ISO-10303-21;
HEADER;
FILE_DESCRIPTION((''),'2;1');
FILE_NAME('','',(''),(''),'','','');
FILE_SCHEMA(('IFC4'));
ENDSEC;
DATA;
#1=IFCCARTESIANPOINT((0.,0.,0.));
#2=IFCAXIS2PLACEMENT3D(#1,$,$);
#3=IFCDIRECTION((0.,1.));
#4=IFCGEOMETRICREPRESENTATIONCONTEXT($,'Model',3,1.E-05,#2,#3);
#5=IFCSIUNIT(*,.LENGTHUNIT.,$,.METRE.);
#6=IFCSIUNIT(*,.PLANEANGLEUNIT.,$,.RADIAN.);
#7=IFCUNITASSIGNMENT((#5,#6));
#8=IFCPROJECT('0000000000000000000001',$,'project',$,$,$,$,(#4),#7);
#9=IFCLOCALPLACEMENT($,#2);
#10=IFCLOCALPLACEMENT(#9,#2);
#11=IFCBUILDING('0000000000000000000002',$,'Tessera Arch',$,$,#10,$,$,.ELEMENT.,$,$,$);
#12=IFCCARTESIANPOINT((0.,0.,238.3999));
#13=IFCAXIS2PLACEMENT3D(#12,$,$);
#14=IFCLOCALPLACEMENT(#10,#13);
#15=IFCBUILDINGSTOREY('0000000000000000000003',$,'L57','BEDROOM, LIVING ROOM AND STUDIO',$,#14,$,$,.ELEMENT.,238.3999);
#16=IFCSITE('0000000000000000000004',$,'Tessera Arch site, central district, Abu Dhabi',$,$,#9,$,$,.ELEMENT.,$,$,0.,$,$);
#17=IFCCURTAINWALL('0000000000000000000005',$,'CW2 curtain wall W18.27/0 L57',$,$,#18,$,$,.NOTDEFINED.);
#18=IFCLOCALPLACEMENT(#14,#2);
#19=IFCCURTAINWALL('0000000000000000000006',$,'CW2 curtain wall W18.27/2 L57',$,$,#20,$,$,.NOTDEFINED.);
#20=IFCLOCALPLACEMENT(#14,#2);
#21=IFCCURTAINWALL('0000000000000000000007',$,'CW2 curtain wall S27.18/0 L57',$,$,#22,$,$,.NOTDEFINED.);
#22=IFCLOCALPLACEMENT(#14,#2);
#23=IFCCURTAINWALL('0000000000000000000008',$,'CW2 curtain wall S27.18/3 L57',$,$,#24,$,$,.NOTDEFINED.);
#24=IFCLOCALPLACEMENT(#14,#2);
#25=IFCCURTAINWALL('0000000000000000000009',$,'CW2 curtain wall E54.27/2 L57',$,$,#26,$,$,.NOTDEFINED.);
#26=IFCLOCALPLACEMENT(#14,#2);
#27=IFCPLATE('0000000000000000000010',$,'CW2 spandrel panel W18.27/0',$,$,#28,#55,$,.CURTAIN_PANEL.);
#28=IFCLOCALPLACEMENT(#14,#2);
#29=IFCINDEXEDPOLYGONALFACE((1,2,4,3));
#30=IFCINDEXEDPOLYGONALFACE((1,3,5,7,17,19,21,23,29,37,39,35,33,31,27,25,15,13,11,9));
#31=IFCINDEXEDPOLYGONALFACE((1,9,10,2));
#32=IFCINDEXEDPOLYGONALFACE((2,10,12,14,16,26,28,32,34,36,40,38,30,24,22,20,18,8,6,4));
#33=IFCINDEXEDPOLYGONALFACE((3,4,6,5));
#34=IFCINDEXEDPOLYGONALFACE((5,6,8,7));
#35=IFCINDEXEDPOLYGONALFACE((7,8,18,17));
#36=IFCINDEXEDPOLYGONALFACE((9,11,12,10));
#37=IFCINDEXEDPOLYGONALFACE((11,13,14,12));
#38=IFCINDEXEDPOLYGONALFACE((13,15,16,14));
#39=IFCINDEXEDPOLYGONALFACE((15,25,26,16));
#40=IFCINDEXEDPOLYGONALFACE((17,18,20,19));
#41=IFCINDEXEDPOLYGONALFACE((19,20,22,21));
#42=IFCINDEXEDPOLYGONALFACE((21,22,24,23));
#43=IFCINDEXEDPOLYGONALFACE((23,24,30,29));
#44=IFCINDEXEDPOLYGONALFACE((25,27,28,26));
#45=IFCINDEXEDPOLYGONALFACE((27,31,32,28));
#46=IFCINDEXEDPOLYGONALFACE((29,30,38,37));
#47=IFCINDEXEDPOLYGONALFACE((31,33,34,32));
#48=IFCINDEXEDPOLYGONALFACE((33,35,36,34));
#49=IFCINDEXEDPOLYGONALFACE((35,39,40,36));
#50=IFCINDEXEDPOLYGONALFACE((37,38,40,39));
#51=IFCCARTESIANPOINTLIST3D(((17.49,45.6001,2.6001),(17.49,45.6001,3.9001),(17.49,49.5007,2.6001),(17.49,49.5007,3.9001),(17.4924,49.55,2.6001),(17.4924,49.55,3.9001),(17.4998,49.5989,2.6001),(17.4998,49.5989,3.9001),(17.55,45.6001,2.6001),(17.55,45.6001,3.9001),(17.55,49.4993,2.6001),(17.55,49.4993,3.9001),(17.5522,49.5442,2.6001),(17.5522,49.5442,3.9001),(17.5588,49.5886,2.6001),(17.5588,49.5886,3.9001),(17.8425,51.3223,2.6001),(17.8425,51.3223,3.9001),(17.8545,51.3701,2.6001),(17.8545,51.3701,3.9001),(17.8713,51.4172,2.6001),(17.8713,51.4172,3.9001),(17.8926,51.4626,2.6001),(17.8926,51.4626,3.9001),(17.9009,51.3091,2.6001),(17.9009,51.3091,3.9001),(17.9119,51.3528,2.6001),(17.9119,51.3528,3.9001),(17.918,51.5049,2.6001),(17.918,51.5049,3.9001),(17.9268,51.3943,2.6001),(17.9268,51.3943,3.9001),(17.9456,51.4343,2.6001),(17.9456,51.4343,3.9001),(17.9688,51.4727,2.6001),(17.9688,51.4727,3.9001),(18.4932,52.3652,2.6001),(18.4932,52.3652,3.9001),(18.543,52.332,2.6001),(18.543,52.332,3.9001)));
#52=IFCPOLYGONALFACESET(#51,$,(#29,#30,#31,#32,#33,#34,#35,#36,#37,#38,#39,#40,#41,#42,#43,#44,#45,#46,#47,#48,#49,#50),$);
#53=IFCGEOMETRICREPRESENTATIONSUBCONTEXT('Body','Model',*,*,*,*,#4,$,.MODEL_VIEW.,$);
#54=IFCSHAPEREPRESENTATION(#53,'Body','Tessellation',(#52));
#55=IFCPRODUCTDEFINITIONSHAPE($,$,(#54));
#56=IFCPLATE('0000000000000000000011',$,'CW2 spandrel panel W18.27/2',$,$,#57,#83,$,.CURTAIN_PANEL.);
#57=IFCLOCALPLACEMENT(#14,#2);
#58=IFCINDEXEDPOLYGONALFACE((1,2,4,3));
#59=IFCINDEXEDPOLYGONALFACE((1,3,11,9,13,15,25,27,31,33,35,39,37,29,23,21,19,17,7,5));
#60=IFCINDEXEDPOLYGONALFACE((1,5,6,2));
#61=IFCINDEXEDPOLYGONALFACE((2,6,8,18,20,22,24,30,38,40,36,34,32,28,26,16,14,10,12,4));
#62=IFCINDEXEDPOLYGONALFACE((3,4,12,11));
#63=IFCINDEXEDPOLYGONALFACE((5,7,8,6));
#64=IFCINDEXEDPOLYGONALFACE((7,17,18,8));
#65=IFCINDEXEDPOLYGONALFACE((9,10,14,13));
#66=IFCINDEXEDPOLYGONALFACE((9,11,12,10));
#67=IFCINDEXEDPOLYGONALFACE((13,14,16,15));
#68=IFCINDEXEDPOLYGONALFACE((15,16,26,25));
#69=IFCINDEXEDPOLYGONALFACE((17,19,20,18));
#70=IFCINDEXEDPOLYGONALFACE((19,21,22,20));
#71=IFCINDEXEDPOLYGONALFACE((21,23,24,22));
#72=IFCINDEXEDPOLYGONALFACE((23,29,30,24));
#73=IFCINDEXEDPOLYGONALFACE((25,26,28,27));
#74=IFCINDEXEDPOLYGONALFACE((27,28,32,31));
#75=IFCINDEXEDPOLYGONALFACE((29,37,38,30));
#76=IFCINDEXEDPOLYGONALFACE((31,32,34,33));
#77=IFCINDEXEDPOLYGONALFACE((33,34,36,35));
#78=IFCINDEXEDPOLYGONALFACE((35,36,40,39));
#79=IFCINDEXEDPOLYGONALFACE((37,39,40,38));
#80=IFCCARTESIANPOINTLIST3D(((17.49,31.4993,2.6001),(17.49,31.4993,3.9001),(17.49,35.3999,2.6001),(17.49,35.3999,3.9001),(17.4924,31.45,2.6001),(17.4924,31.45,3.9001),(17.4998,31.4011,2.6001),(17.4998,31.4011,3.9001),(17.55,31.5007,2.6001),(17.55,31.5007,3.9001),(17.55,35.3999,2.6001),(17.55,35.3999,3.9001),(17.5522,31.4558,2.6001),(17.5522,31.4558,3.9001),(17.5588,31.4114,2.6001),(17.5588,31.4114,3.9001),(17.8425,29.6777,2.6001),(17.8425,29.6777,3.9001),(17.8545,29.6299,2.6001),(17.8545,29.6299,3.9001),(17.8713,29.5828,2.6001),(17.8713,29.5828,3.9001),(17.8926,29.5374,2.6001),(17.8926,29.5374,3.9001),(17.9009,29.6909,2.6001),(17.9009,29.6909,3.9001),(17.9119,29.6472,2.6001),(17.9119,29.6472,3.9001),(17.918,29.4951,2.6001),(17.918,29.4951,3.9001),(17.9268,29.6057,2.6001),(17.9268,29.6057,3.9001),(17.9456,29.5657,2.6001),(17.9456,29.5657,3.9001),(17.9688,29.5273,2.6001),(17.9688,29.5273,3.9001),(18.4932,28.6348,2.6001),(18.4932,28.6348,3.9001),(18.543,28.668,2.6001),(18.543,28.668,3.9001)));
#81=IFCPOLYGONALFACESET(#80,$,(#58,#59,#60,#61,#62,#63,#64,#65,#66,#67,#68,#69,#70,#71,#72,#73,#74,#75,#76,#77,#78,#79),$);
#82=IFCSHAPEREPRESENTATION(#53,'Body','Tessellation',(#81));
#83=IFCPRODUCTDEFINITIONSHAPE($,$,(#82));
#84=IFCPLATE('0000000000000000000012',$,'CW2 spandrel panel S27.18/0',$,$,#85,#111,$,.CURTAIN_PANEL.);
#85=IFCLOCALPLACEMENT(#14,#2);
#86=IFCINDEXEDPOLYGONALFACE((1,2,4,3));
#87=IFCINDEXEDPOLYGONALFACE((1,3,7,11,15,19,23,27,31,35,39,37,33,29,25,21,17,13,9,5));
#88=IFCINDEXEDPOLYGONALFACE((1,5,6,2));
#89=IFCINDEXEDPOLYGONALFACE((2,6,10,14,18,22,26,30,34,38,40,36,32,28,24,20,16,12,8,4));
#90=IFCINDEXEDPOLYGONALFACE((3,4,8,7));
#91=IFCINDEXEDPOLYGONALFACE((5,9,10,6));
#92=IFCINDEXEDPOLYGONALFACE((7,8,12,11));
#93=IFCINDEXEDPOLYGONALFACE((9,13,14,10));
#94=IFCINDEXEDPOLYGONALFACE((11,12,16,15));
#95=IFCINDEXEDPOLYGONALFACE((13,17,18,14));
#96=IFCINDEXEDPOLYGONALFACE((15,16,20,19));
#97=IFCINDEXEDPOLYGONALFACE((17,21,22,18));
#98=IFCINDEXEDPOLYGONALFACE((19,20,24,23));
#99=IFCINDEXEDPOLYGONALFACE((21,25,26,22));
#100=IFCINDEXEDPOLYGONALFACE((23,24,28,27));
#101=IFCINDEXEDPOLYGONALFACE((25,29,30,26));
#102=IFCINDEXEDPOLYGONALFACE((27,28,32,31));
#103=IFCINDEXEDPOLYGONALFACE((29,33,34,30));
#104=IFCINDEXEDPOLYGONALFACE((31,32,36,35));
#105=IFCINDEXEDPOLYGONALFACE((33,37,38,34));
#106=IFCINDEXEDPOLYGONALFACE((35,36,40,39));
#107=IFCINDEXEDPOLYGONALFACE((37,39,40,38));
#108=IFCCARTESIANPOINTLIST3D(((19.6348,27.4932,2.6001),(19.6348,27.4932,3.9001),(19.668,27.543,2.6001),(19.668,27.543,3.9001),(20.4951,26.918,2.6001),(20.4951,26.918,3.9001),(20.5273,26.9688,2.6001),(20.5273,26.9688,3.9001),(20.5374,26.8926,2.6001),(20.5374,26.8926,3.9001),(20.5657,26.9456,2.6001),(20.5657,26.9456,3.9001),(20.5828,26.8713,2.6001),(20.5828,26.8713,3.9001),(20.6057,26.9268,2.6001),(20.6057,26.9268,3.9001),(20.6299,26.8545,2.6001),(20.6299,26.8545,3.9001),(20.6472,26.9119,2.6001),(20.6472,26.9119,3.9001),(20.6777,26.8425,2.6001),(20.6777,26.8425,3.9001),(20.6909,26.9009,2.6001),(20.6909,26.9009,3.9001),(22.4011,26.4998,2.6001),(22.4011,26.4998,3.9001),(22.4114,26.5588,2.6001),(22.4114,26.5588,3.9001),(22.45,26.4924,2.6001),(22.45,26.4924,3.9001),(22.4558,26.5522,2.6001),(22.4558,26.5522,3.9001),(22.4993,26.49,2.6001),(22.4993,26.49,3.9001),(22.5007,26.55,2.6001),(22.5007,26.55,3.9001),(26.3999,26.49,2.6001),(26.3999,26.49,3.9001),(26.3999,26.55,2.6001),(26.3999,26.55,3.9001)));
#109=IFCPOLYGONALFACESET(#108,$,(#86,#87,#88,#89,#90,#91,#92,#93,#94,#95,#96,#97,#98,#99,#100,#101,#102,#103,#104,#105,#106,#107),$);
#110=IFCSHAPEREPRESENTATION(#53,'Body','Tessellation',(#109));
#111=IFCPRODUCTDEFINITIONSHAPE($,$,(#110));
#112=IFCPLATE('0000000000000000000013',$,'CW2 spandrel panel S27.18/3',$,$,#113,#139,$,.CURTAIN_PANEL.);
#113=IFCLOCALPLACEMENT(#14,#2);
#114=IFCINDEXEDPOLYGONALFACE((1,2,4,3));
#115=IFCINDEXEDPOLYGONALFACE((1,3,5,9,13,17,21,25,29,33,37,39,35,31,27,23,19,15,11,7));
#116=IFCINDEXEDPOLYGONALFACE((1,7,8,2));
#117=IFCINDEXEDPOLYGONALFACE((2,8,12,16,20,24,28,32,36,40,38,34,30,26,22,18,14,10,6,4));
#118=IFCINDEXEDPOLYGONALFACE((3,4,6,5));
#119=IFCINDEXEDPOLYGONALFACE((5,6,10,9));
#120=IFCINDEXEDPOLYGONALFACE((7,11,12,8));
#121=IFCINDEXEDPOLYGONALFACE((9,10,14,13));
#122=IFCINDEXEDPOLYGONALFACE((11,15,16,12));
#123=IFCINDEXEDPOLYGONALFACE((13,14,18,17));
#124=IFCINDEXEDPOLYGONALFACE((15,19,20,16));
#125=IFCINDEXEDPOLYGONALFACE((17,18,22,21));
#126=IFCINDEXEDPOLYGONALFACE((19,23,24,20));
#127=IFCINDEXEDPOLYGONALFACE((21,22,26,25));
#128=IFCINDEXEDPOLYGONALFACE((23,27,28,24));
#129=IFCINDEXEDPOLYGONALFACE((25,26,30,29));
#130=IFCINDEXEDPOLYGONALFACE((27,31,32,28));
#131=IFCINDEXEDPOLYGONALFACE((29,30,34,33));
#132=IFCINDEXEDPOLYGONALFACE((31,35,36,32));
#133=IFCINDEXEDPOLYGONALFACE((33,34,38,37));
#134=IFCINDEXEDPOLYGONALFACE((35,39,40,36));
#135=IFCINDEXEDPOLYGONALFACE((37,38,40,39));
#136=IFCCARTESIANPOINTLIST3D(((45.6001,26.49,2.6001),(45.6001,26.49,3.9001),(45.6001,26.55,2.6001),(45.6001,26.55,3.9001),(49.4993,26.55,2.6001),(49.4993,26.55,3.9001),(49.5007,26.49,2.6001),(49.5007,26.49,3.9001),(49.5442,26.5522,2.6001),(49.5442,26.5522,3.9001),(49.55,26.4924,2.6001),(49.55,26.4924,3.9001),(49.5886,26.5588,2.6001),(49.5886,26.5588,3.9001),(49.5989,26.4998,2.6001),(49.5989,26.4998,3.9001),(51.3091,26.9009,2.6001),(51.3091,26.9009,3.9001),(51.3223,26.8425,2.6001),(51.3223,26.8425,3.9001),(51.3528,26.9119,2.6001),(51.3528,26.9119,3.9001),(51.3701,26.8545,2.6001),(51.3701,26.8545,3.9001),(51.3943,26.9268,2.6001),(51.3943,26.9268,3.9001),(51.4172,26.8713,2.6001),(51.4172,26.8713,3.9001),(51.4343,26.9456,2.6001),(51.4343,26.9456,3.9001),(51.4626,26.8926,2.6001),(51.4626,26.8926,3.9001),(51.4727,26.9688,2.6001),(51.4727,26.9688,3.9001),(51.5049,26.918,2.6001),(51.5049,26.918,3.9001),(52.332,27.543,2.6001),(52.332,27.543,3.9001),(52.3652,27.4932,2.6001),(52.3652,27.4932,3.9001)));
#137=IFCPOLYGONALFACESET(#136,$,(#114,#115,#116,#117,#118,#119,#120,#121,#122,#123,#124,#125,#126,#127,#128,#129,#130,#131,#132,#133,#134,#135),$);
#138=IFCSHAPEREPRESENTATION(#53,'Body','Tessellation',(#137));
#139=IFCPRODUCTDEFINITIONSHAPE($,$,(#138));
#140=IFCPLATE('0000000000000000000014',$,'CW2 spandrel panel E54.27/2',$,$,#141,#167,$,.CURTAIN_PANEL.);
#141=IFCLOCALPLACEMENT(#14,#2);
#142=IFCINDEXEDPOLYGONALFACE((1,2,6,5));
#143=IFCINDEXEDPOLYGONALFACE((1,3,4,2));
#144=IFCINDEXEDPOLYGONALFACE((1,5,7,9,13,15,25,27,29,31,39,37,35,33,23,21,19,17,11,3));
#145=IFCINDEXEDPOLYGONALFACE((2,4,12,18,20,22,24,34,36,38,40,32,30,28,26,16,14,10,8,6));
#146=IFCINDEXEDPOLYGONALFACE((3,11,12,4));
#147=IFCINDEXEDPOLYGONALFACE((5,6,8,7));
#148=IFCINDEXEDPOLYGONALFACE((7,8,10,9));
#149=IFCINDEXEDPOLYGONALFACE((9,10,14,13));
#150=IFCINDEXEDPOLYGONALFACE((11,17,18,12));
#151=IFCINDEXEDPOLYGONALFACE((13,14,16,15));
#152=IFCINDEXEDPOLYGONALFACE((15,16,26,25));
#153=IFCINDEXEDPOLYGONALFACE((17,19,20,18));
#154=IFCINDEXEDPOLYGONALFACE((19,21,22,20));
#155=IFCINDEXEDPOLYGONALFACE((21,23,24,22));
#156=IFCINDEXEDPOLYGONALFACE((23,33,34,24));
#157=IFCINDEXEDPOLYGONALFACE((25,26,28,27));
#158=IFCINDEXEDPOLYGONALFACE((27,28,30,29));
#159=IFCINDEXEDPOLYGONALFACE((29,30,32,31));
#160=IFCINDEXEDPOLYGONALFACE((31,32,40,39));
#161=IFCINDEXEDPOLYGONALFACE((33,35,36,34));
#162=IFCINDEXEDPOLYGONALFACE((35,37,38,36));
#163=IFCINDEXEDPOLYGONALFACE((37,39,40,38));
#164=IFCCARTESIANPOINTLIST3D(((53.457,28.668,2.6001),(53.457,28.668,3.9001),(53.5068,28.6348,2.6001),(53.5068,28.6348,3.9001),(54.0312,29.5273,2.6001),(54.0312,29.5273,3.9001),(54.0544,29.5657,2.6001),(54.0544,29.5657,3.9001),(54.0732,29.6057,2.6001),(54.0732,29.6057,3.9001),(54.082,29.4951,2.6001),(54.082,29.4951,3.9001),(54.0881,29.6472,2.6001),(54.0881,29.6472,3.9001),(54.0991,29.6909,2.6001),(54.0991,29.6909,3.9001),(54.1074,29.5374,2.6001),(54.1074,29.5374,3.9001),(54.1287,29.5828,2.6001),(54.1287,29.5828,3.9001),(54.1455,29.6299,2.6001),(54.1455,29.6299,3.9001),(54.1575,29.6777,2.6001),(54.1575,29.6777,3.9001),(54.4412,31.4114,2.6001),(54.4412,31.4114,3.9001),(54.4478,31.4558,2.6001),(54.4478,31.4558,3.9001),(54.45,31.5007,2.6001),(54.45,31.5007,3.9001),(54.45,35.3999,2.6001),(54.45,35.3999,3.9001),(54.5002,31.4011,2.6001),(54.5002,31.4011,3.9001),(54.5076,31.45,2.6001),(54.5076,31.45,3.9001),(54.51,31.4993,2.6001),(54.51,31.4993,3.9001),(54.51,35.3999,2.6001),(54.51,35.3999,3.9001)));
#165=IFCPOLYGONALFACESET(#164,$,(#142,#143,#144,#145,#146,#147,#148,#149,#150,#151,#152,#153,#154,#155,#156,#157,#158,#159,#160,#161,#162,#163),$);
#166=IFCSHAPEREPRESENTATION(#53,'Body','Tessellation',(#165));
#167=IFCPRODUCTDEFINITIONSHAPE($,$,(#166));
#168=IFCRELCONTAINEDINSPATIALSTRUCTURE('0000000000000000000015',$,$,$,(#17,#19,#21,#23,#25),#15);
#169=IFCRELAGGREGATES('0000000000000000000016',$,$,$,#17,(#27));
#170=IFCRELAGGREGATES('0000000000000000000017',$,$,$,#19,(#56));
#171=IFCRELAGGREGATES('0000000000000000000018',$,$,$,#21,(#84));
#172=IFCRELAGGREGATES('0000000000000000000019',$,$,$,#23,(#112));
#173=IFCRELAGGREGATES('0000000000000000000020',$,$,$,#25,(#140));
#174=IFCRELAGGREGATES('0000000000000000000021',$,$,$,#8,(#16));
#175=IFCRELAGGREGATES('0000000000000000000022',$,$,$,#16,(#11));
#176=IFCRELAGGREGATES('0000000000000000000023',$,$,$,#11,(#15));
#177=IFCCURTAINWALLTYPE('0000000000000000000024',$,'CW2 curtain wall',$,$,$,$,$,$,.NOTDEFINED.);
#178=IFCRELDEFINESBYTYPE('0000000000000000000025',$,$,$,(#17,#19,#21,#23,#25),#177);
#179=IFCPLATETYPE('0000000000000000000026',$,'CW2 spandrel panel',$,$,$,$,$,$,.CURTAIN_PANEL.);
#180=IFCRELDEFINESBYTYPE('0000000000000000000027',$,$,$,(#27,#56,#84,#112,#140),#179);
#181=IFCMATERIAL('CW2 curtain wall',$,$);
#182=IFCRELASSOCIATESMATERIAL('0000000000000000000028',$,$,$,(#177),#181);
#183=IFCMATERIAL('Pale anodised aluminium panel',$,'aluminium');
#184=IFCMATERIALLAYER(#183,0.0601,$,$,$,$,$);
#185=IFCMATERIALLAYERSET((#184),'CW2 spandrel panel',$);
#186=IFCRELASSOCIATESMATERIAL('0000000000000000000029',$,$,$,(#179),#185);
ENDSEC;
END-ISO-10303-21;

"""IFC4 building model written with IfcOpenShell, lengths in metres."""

from ifc_helpers import new_model, si_unit, direction, frame, origin, place, context, subcontext, project, spatial, polyline, outline, extrude, material, layer, layer_set, type_object, element, aggregate, save


model = new_model("IFC4")

# Units and contexts
model_context = context("Model", 3, precision=1e-05, world=origin(), true_north=direction((0.0, 1.0)))
body_context = subcontext(model_context, "Body", "Model", "MODEL_VIEW")
ifc_project = project(units=[si_unit("LENGTHUNIT", "METRE"), si_unit("PLANEANGLEUNIT", "RADIAN")], contexts=[model_context])

# Site, building, storey
site_placement = place(None, origin())
site = spatial("IfcSite", under=ifc_project, at=site_placement, Name="Tessera Arch site, central district, Abu Dhabi", CompositionType="ELEMENT", RefElevation=0.0)
building_placement = place(site_placement, origin())
building = spatial("IfcBuilding", under=site, at=building_placement, Name="Tessera Arch", CompositionType="ELEMENT")
storey_placement = place(building_placement, frame((0.0, 0.0, 238.3999)))
storey = spatial("IfcBuildingStorey", under=building, at=storey_placement, Name="L57", Description="BEDROOM, LIVING ROOM AND STUDIO", CompositionType="ELEMENT", Elevation=238.3999)

# Curtain walls
ifc_material_1 = material(Name="CW2 curtain wall")
curtain_wall_type = type_object("IfcCurtainWallType", Name="CW2 curtain wall", PredefinedType="NOTDEFINED", material=ifc_material_1)
curtain_wall_1_placement = place(storey_placement, origin())
curtain_wall_1 = element("IfcCurtainWall", 1, at=curtain_wall_1_placement, inside=storey, type_object=curtain_wall_type, Name="CW2 curtain wall W18.27/0 L57", PredefinedType="NOTDEFINED")
curtain_wall_2_placement = place(storey_placement, origin())
curtain_wall_2 = element("IfcCurtainWall", 2, at=curtain_wall_2_placement, inside=storey, type_object=curtain_wall_type, Name="CW2 curtain wall W18.27/2 L57", PredefinedType="NOTDEFINED")
curtain_wall_3_placement = place(storey_placement, origin())
curtain_wall_3 = element("IfcCurtainWall", 3, at=curtain_wall_3_placement, inside=storey, type_object=curtain_wall_type, Name="CW2 curtain wall S27.18/0 L57", PredefinedType="NOTDEFINED")
curtain_wall_4_placement = place(storey_placement, origin())
curtain_wall_4 = element("IfcCurtainWall", 4, at=curtain_wall_4_placement, inside=storey, type_object=curtain_wall_type, Name="CW2 curtain wall S27.18/3 L57", PredefinedType="NOTDEFINED")
curtain_wall_5_placement = place(storey_placement, origin())
curtain_wall_5 = element("IfcCurtainWall", 5, at=curtain_wall_5_placement, inside=storey, type_object=curtain_wall_type, Name="CW2 curtain wall E54.27/2 L57", PredefinedType="NOTDEFINED")

# Plates
ifc_material_2 = material(Name="Pale anodised aluminium panel", Category="aluminium")
ifc_layer_1 = layer(ifc_material_2, 0.0601)
ifc_layer_set_1 = layer_set([ifc_layer_1], Name="CW2 spandrel panel")
plate_type_1 = type_object("IfcPlateType", Name="CW2 spandrel panel", PredefinedType="CURTAIN_PANEL", material=ifc_layer_set_1)
plate_1_placement = place(storey_placement, frame((0.0, 0.0, 2.6001)))
plate_1 = element("IfcPlate", 6, at=plate_1_placement, type_object=plate_type_1, Name="CW2 spandrel panel W18.27/0", PredefinedType="CURTAIN_PANEL", context=body_context, shape_type="SweptSolid", body=[
    extrude(outline(polyline([(17.9688, 51.4727), (18.543, 52.332), (18.4932, 52.3652), (17.918, 51.5049), (17.8926, 51.4626), (17.8713, 51.4172), (17.8545, 51.3701), (17.8425, 51.3223), (17.4998, 49.5989), (17.4924, 49.55), (17.49, 49.5007), (17.49, 45.6001), (17.55, 45.6001), (17.55, 49.4993), (17.5522, 49.5442), (17.5588, 49.5886), (17.9009, 51.3091), (17.9119, 51.3528), (17.9268, 51.3943), (17.9456, 51.4343), (17.9688, 51.4727)])), origin(), (0.0, 0.0, 1.0), 1.3),
])
aggregate(curtain_wall_1, [plate_1])
plate_2_placement = place(storey_placement, frame((0.0, 0.0, 2.6001)))
plate_2 = element("IfcPlate", 7, at=plate_2_placement, type_object=plate_type_1, Name="CW2 spandrel panel W18.27/2", PredefinedType="CURTAIN_PANEL", context=body_context, shape_type="SweptSolid", body=[
    extrude(outline(polyline([(17.55, 31.5007), (17.55, 35.3999), (17.49, 35.3999), (17.49, 31.4993), (17.4924, 31.45), (17.4998, 31.4011), (17.8425, 29.6777), (17.8545, 29.6299), (17.8713, 29.5828), (17.8926, 29.5374), (17.918, 29.4951), (18.4932, 28.6348), (18.543, 28.668), (17.9688, 29.5273), (17.9456, 29.5657), (17.9268, 29.6057), (17.9119, 29.6472), (17.9009, 29.6909), (17.5588, 31.4114), (17.5522, 31.4558), (17.55, 31.5007)])), origin(), (0.0, 0.0, 1.0), 1.3),
])
aggregate(curtain_wall_2, [plate_2])
plate_3_placement = place(storey_placement, frame((0.0, 0.0, 2.6001)))
plate_3 = element("IfcPlate", 8, at=plate_3_placement, type_object=plate_type_1, Name="CW2 spandrel panel S27.18/0", PredefinedType="CURTAIN_PANEL", context=body_context, shape_type="SweptSolid", body=[
    extrude(outline(polyline([(20.5273, 26.9688), (19.668, 27.543), (19.6348, 27.4932), (20.4951, 26.918), (20.5374, 26.8926), (20.5828, 26.8713), (20.6299, 26.8545), (20.6777, 26.8425), (22.4011, 26.4998), (22.45, 26.4924), (22.4993, 26.49), (26.3999, 26.49), (26.3999, 26.55), (22.5007, 26.55), (22.4558, 26.5522), (22.4114, 26.5588), (20.6909, 26.9009), (20.6472, 26.9119), (20.6057, 26.9268), (20.5657, 26.9456), (20.5273, 26.9688)])), origin(), (0.0, 0.0, 1.0), 1.3),
])
aggregate(curtain_wall_3, [plate_3])
plate_4_placement = place(storey_placement, frame((0.0, 0.0, 2.6001)))
plate_4 = element("IfcPlate", 9, at=plate_4_placement, type_object=plate_type_1, Name="CW2 spandrel panel S27.18/3", PredefinedType="CURTAIN_PANEL", context=body_context, shape_type="SweptSolid", body=[
    extrude(outline(polyline([(49.4993, 26.55), (45.6001, 26.55), (45.6001, 26.49), (49.5007, 26.49), (49.55, 26.4924), (49.5989, 26.4998), (51.3223, 26.8425), (51.3701, 26.8545), (51.4172, 26.8713), (51.4626, 26.8926), (51.5049, 26.918), (52.3652, 27.4932), (52.332, 27.543), (51.4727, 26.9688), (51.4343, 26.9456), (51.3943, 26.9268), (51.3528, 26.9119), (51.3091, 26.9009), (49.5886, 26.5588), (49.5442, 26.5522), (49.4993, 26.55)])), origin(), (0.0, 0.0, 1.0), 1.3),
])
aggregate(curtain_wall_4, [plate_4])
plate_5_placement = place(storey_placement, frame((0.0, 0.0, 2.6001)))
plate_5 = element("IfcPlate", 10, at=plate_5_placement, type_object=plate_type_1, Name="CW2 spandrel panel E54.27/2", PredefinedType="CURTAIN_PANEL", context=body_context, shape_type="SweptSolid", body=[
    extrude(outline(polyline([(54.0312, 29.5273), (53.457, 28.668), (53.5068, 28.6348), (54.082, 29.4951), (54.1074, 29.5374), (54.1287, 29.5828), (54.1455, 29.6299), (54.1575, 29.6777), (54.5002, 31.4011), (54.5076, 31.45), (54.51, 31.4993), (54.51, 35.3999), (54.45, 35.3999), (54.45, 31.5007), (54.4478, 31.4558), (54.4412, 31.4114), (54.0991, 29.6909), (54.0881, 29.6472), (54.0732, 29.6057), (54.0544, 29.5657), (54.0312, 29.5273)])), origin(), (0.0, 0.0, 1.0), 1.3),
])
aggregate(curtain_wall_5, [plate_5])

save(model, "model.ifc")
